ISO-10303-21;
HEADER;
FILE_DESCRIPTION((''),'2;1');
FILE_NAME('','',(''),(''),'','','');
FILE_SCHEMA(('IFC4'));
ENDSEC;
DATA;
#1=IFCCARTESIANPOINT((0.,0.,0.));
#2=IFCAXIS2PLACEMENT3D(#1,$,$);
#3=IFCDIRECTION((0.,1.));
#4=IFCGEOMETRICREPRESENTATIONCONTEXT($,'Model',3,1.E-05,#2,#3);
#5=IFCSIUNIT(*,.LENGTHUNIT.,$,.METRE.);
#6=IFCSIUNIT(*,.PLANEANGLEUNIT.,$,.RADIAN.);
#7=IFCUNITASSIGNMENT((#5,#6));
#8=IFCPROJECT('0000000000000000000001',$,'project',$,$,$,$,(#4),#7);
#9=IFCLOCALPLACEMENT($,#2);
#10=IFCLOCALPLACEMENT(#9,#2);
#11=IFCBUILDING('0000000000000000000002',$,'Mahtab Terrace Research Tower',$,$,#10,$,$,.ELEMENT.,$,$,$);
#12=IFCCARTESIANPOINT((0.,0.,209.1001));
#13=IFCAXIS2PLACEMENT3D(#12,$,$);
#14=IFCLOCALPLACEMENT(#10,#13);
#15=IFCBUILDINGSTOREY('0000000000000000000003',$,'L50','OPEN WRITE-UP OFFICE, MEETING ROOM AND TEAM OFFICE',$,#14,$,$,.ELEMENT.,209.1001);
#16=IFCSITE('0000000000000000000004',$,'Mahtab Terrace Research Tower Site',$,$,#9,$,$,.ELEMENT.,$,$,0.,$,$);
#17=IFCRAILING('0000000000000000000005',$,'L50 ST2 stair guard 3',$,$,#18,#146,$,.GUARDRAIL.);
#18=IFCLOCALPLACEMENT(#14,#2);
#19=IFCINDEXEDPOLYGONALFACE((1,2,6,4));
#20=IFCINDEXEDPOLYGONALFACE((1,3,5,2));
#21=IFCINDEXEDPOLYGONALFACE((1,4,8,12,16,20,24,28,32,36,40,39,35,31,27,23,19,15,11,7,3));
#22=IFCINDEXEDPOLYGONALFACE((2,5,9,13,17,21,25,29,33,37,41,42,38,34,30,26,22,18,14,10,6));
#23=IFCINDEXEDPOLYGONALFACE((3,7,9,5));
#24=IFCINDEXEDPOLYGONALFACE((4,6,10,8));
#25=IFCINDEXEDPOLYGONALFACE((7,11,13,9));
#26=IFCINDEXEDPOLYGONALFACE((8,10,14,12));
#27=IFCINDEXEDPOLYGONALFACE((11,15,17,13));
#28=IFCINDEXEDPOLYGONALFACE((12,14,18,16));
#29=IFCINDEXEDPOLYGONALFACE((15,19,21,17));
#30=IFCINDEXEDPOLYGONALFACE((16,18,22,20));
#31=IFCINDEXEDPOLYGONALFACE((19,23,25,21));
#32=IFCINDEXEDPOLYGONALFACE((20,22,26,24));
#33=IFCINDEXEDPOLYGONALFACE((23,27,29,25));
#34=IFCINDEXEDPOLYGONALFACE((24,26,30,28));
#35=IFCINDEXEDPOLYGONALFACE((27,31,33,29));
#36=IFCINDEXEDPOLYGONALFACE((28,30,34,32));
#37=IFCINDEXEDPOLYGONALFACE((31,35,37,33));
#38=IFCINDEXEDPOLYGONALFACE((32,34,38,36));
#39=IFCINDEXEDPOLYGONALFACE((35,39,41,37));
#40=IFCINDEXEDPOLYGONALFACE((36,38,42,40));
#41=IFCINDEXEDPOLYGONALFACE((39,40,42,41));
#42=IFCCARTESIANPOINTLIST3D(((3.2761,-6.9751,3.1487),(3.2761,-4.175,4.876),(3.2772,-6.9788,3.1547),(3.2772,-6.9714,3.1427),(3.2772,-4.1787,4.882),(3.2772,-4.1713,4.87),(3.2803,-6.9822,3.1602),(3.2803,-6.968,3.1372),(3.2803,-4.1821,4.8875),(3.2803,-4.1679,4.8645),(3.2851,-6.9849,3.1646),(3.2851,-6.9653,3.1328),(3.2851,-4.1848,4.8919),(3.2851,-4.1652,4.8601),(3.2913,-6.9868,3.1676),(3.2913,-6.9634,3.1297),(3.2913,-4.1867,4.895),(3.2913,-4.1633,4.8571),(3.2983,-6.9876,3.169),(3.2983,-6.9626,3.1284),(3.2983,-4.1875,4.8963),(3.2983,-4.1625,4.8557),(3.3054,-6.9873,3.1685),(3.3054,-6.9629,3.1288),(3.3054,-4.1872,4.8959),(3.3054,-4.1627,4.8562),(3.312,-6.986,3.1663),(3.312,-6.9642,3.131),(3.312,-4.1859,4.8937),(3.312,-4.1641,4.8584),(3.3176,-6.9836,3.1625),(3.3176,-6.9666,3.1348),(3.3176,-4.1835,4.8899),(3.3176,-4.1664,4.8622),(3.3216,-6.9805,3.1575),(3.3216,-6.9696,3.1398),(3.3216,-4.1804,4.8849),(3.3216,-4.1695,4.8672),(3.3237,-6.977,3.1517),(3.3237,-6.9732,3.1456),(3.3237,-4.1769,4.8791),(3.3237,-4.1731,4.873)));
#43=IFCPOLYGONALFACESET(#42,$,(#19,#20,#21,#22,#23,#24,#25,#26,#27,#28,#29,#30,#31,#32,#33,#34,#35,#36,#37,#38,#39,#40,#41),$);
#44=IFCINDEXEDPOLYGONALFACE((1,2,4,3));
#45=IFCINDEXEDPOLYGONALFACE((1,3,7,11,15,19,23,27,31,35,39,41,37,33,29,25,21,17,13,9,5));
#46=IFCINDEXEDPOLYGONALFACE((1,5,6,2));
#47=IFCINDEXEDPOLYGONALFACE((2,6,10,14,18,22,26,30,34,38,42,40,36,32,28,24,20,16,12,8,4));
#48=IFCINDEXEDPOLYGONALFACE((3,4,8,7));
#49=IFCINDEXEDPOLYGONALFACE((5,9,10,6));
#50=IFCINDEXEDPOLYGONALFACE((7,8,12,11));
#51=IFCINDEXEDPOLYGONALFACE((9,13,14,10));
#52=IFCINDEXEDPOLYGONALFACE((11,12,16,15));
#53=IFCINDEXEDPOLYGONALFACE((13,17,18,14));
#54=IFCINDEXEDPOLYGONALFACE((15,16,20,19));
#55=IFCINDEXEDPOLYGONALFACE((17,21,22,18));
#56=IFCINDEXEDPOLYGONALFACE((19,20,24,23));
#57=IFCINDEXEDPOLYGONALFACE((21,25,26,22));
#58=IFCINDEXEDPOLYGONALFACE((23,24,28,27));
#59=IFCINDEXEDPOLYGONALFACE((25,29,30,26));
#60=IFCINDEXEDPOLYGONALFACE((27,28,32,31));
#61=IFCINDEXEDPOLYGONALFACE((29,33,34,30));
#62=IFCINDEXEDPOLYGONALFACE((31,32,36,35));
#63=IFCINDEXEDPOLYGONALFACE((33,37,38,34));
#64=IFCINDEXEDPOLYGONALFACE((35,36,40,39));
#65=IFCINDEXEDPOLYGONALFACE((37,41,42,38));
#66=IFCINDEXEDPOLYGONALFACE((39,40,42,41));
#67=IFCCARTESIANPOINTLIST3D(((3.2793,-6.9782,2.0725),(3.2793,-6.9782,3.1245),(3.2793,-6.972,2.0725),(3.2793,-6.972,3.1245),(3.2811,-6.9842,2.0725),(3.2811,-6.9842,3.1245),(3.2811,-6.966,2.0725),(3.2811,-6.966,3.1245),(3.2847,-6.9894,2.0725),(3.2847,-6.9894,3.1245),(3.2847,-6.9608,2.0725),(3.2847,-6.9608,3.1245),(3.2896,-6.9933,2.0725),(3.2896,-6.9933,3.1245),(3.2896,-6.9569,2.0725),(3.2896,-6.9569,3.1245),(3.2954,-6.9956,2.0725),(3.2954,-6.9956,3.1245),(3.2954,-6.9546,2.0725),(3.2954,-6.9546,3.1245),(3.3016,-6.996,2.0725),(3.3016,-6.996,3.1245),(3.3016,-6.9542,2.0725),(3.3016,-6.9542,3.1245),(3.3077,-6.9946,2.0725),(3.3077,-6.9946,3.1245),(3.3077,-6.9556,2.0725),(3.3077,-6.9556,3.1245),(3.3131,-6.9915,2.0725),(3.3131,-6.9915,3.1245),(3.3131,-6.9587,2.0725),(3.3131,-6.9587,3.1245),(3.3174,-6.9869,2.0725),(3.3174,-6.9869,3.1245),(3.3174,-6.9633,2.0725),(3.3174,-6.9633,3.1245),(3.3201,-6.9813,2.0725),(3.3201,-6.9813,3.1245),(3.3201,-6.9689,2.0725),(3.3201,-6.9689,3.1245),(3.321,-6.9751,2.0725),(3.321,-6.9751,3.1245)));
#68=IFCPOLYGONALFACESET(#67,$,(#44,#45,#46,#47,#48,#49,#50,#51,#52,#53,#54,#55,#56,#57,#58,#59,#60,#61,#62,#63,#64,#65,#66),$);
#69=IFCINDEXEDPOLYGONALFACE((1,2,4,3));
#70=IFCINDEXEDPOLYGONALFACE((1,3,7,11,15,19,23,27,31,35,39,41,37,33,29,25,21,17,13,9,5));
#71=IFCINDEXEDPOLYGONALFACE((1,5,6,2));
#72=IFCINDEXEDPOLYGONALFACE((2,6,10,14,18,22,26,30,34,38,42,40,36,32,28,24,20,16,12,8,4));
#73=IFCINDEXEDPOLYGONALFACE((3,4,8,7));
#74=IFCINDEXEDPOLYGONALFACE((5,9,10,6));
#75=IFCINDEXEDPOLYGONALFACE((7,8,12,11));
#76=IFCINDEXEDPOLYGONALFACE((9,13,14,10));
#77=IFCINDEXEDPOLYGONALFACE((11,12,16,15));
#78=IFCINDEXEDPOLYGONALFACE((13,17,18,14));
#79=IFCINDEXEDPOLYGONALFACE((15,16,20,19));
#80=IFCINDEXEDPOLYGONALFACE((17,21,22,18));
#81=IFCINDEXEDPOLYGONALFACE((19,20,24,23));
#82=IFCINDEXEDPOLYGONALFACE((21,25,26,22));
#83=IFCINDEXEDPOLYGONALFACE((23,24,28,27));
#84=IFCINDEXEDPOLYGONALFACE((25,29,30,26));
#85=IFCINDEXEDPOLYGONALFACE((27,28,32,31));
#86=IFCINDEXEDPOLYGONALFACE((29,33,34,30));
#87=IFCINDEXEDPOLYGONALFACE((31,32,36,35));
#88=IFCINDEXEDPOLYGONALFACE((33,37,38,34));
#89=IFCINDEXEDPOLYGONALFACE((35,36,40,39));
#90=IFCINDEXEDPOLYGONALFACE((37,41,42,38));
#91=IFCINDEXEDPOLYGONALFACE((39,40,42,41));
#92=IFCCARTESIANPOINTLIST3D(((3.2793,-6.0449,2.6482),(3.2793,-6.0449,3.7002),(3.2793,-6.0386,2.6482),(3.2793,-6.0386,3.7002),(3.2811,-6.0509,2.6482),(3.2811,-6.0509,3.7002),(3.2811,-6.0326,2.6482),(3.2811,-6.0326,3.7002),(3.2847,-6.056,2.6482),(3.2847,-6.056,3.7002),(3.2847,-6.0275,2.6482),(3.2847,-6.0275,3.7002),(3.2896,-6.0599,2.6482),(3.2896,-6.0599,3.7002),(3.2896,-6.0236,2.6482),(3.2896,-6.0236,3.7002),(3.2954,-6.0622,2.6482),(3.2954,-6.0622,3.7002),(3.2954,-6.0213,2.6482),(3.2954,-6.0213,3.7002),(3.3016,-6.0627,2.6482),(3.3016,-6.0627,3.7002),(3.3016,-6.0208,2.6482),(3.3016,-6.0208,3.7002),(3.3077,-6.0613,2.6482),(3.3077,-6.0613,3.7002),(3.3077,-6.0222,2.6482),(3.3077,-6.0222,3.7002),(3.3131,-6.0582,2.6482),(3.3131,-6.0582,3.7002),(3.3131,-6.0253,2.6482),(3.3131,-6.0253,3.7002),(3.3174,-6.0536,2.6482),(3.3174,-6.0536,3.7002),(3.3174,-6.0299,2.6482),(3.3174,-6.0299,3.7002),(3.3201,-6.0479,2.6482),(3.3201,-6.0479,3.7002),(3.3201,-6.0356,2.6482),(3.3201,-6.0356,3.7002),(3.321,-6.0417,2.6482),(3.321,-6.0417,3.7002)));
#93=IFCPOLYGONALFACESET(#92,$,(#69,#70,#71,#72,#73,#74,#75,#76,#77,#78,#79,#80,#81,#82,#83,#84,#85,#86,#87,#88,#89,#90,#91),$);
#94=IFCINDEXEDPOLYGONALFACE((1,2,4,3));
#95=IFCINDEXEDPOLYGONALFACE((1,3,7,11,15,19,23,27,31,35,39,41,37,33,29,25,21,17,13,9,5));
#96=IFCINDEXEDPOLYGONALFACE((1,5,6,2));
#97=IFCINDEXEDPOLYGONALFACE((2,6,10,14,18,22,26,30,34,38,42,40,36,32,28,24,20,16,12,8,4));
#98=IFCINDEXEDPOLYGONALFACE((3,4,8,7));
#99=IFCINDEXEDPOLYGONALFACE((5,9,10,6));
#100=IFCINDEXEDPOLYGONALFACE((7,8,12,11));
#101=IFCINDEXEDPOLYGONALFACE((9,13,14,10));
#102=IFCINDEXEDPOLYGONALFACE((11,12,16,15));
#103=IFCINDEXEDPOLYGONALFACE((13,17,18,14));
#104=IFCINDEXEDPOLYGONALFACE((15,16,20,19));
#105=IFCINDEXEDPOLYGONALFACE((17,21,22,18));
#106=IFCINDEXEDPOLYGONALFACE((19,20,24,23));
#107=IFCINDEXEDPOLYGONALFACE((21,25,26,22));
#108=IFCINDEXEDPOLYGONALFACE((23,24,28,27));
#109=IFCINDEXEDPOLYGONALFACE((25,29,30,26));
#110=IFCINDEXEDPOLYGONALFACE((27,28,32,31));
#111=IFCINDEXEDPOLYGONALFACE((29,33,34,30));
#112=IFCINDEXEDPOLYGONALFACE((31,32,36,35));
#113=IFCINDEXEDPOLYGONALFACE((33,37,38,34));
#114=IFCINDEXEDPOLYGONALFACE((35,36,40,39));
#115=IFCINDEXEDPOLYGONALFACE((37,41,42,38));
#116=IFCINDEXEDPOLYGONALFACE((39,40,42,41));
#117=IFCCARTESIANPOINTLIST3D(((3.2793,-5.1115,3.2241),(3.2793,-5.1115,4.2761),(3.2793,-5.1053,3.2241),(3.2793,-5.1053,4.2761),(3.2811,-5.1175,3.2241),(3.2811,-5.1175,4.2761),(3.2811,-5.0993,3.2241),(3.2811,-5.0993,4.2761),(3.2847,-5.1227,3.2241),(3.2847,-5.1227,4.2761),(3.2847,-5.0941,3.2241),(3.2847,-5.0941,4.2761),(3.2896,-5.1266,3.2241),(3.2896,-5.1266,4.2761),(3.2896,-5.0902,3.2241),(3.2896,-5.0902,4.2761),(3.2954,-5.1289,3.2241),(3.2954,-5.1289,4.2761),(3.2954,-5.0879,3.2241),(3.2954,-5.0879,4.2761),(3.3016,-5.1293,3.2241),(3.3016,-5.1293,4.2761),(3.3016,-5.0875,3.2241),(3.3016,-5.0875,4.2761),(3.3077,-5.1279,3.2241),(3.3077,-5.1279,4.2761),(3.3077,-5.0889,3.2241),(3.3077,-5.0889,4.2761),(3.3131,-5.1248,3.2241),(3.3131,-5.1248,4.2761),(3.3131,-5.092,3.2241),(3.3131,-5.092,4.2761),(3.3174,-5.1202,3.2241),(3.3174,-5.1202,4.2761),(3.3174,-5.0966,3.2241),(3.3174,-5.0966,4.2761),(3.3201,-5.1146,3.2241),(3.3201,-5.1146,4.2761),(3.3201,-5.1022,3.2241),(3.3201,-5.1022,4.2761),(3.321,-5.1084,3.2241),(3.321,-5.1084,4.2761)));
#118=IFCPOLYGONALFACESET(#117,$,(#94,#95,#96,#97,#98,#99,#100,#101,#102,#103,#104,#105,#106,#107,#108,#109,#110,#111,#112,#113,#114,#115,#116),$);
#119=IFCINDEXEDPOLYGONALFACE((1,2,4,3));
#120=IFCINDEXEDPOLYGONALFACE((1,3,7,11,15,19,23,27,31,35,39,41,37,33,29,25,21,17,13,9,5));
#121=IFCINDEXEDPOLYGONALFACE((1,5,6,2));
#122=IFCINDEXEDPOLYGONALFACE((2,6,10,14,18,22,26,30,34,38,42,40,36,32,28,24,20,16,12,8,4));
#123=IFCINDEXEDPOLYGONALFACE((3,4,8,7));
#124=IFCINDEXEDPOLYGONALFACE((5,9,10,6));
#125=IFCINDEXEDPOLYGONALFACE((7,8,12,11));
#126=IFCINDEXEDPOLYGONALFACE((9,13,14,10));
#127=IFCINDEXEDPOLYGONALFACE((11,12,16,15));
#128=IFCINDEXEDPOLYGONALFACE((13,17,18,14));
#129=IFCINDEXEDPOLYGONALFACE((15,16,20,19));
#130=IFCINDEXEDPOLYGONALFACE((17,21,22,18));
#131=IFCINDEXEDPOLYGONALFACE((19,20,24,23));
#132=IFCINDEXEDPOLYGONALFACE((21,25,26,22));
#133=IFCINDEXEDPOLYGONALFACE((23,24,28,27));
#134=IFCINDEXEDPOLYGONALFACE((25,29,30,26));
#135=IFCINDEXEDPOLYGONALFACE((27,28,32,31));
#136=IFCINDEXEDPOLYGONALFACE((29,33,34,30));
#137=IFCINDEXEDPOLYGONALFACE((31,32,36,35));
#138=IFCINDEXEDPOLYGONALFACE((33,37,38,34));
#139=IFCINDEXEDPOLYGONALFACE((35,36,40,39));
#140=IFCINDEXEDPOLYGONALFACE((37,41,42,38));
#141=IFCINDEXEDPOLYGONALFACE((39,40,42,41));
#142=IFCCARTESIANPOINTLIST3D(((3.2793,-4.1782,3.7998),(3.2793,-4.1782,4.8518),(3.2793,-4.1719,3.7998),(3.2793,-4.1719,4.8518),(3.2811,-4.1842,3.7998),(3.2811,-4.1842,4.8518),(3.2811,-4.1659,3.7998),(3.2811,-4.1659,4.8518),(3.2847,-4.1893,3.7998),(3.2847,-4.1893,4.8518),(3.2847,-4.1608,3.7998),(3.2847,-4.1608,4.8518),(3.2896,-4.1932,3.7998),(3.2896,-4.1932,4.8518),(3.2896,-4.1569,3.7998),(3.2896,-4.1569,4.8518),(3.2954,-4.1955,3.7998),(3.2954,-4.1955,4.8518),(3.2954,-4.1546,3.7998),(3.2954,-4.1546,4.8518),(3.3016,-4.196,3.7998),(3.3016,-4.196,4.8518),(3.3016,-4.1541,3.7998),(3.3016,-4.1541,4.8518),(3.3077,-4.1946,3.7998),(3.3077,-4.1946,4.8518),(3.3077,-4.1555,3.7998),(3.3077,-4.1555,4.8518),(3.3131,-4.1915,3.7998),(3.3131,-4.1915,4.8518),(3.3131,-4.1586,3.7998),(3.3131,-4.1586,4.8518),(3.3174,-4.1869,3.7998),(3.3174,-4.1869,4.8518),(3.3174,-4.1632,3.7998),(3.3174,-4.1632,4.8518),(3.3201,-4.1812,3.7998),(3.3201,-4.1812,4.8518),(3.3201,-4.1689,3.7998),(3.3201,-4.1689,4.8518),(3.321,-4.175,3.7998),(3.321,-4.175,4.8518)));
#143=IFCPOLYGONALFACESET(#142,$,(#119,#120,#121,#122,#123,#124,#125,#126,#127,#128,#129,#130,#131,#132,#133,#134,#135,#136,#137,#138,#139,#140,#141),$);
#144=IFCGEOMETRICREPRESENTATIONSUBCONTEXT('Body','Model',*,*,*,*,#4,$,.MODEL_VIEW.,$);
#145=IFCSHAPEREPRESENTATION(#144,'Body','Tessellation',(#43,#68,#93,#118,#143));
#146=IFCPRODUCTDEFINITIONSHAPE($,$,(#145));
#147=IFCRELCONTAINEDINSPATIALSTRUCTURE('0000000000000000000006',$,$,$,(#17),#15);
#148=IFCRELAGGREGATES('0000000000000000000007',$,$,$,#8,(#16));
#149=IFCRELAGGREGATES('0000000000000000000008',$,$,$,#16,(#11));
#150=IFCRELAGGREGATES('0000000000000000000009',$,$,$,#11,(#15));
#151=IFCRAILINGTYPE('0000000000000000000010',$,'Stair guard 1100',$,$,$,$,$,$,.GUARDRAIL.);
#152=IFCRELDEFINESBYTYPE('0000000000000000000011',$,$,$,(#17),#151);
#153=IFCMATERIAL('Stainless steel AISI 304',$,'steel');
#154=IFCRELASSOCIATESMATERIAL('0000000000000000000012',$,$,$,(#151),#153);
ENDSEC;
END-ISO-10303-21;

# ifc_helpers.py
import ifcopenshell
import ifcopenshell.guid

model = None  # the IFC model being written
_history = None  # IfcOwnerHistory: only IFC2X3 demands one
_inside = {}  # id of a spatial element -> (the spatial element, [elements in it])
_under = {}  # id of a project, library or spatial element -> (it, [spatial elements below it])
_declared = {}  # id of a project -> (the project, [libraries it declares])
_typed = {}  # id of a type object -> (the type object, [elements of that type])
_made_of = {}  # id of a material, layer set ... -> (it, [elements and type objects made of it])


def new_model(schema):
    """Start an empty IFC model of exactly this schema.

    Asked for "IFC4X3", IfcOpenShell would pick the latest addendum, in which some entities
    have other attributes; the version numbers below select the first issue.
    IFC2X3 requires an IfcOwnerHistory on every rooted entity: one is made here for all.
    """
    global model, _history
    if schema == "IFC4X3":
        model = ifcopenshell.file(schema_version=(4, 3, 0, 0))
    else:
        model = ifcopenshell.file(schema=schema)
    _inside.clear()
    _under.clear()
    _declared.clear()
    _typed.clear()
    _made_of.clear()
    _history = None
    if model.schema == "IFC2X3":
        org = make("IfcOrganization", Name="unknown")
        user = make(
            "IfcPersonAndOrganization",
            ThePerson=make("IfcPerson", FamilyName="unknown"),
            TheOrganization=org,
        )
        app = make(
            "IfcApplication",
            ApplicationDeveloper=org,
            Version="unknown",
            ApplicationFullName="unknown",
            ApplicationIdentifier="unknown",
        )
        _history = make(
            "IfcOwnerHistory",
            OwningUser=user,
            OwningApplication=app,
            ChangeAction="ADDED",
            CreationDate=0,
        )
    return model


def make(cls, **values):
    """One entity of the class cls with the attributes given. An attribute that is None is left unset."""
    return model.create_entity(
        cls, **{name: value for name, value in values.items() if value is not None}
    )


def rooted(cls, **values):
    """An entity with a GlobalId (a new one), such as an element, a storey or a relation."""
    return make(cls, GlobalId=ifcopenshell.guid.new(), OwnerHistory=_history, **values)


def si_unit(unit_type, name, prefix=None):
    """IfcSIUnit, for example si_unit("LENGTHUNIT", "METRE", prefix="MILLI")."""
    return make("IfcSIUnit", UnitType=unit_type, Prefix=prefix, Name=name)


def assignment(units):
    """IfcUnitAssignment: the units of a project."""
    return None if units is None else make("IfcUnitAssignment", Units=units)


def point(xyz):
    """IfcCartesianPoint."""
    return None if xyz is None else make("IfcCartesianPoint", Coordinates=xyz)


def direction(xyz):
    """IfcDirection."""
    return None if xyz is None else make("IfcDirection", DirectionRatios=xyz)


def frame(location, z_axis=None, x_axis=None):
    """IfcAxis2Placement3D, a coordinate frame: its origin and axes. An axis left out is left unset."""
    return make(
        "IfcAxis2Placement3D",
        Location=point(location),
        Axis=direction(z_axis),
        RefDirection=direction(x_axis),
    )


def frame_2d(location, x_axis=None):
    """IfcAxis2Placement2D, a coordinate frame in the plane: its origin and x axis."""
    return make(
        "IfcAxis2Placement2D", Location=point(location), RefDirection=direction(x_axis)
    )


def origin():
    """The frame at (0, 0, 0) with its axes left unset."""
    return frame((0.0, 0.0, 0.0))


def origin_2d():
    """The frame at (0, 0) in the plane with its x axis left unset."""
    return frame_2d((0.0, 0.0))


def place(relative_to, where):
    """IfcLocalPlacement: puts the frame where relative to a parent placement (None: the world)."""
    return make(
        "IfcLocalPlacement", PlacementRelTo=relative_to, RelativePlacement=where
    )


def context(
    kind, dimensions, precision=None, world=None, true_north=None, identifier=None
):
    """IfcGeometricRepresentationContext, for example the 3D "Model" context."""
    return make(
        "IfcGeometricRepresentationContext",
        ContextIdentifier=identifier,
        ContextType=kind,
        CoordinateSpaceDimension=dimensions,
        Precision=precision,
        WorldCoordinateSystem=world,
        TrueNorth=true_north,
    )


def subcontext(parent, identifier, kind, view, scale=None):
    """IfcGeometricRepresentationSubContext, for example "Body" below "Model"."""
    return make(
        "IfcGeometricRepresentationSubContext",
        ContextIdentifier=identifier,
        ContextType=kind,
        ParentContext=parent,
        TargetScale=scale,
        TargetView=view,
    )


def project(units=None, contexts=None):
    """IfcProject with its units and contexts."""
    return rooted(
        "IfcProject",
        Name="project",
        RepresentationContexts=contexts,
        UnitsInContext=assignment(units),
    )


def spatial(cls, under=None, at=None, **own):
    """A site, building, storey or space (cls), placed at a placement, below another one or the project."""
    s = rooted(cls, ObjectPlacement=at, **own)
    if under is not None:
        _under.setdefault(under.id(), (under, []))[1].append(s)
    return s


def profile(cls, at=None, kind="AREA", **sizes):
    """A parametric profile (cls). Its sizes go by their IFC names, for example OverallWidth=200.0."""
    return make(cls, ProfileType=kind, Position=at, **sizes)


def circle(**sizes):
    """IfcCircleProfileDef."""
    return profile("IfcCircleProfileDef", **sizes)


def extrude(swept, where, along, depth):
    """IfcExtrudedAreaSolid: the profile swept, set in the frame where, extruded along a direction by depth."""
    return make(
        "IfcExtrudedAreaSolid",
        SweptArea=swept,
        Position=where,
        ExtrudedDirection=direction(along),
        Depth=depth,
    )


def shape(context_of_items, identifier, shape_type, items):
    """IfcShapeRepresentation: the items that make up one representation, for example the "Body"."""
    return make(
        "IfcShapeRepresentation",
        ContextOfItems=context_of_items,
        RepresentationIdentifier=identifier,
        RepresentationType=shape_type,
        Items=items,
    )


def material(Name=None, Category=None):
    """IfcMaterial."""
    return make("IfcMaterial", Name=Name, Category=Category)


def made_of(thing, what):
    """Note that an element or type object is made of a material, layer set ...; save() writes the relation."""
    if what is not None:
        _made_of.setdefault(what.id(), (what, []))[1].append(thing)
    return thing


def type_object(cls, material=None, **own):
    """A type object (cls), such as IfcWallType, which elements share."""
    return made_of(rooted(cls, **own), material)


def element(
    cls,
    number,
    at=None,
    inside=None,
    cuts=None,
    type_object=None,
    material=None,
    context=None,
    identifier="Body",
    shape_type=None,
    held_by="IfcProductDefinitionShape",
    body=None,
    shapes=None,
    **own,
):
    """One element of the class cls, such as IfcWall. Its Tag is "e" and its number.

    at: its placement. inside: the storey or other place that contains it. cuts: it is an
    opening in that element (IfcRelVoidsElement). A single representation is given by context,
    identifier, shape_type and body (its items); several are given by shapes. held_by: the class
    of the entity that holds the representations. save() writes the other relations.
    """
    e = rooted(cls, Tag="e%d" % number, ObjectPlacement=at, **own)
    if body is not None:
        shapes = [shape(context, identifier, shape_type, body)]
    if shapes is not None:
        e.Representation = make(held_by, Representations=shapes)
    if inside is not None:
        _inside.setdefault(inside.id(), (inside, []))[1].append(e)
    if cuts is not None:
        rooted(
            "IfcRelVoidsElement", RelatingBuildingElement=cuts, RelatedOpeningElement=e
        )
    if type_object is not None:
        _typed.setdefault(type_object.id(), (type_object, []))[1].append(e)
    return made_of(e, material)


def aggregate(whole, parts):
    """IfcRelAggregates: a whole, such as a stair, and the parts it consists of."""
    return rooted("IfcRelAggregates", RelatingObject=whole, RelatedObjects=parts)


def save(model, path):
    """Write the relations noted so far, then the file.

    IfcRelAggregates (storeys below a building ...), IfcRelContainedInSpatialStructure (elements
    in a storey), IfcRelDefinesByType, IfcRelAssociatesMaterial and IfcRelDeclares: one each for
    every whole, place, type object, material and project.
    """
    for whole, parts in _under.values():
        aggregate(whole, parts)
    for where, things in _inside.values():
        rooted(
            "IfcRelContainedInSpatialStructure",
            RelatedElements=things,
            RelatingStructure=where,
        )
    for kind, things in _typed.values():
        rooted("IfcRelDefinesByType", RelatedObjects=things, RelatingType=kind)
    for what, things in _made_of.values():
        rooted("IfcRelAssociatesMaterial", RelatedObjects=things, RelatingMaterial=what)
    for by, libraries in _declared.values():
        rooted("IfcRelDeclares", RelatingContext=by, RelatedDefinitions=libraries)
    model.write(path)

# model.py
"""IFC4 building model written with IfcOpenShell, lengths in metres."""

from ifc_helpers import new_model, si_unit, direction, frame, origin, origin_2d, place, context, subcontext, project, spatial, circle, extrude, material, type_object, element, save


model = new_model("IFC4")

# Units and contexts
model_context = context("Model", 3, precision=1e-05, world=origin(), true_north=direction((0.0, 1.0)))
body_context = subcontext(model_context, "Body", "Model", "MODEL_VIEW")
ifc_project = project(units=[si_unit("LENGTHUNIT", "METRE"), si_unit("PLANEANGLEUNIT", "RADIAN")], contexts=[model_context])

# Site, building, storey
site_placement = place(None, origin())
site = spatial("IfcSite", under=ifc_project, at=site_placement, Name="Mahtab Terrace Research Tower Site", CompositionType="ELEMENT", RefElevation=0.0)
building_placement = place(site_placement, origin())
building = spatial("IfcBuilding", under=site, at=building_placement, Name="Mahtab Terrace Research Tower", CompositionType="ELEMENT")
storey_placement = place(building_placement, frame((0.0, 0.0, 209.1001)))
storey = spatial("IfcBuildingStorey", under=building, at=storey_placement, Name="L50", Description="OPEN WRITE-UP OFFICE, MEETING ROOM AND TEAM OFFICE", CompositionType="ELEMENT", Elevation=209.1001)

# Shared definitions
ifc_material_1 = material(Name="Stainless steel AISI 304", Category="steel")

# Railing
railing_type = type_object("IfcRailingType", Name="Stair guard 1100", PredefinedType="GUARDRAIL", material=ifc_material_1)
railing_1_placement = place(storey_placement, frame((3.3, -6.9751, 2.0725)))
element("IfcRailing", 1, at=railing_1_placement, inside=storey, type_object=railing_type, Name="L50 ST2 stair guard 3", PredefinedType="GUARDRAIL", context=body_context, shape_type="SweptSolid", body=[
    extrude(circle(Radius=0.0239, at=origin_2d()), frame((0.0, 0.0, 1.0762), z_axis=(0.0, 0.85109, 0.52502), x_axis=(-1.0, 0.0, 0.0)), (0.0, 0.0, 1.0), 3.29),
    extrude(circle(Radius=0.021, at=origin_2d()), origin(), (0.0, 0.0, 1.0), 1.052),
    extrude(circle(Radius=0.021, at=origin_2d()), frame((0.0, 0.9333, 0.5757)), (0.0, 0.0, 1.0), 1.052),
    extrude(circle(Radius=0.021, at=origin_2d()), frame((0.0, 1.8667, 1.1516)), (0.0, 0.0, 1.0), 1.052),
    extrude(circle(Radius=0.021, at=origin_2d()), frame((0.0, 2.8, 1.7273)), (0.0, 0.0, 1.0), 1.052),
])

save(model, "model.ifc")
